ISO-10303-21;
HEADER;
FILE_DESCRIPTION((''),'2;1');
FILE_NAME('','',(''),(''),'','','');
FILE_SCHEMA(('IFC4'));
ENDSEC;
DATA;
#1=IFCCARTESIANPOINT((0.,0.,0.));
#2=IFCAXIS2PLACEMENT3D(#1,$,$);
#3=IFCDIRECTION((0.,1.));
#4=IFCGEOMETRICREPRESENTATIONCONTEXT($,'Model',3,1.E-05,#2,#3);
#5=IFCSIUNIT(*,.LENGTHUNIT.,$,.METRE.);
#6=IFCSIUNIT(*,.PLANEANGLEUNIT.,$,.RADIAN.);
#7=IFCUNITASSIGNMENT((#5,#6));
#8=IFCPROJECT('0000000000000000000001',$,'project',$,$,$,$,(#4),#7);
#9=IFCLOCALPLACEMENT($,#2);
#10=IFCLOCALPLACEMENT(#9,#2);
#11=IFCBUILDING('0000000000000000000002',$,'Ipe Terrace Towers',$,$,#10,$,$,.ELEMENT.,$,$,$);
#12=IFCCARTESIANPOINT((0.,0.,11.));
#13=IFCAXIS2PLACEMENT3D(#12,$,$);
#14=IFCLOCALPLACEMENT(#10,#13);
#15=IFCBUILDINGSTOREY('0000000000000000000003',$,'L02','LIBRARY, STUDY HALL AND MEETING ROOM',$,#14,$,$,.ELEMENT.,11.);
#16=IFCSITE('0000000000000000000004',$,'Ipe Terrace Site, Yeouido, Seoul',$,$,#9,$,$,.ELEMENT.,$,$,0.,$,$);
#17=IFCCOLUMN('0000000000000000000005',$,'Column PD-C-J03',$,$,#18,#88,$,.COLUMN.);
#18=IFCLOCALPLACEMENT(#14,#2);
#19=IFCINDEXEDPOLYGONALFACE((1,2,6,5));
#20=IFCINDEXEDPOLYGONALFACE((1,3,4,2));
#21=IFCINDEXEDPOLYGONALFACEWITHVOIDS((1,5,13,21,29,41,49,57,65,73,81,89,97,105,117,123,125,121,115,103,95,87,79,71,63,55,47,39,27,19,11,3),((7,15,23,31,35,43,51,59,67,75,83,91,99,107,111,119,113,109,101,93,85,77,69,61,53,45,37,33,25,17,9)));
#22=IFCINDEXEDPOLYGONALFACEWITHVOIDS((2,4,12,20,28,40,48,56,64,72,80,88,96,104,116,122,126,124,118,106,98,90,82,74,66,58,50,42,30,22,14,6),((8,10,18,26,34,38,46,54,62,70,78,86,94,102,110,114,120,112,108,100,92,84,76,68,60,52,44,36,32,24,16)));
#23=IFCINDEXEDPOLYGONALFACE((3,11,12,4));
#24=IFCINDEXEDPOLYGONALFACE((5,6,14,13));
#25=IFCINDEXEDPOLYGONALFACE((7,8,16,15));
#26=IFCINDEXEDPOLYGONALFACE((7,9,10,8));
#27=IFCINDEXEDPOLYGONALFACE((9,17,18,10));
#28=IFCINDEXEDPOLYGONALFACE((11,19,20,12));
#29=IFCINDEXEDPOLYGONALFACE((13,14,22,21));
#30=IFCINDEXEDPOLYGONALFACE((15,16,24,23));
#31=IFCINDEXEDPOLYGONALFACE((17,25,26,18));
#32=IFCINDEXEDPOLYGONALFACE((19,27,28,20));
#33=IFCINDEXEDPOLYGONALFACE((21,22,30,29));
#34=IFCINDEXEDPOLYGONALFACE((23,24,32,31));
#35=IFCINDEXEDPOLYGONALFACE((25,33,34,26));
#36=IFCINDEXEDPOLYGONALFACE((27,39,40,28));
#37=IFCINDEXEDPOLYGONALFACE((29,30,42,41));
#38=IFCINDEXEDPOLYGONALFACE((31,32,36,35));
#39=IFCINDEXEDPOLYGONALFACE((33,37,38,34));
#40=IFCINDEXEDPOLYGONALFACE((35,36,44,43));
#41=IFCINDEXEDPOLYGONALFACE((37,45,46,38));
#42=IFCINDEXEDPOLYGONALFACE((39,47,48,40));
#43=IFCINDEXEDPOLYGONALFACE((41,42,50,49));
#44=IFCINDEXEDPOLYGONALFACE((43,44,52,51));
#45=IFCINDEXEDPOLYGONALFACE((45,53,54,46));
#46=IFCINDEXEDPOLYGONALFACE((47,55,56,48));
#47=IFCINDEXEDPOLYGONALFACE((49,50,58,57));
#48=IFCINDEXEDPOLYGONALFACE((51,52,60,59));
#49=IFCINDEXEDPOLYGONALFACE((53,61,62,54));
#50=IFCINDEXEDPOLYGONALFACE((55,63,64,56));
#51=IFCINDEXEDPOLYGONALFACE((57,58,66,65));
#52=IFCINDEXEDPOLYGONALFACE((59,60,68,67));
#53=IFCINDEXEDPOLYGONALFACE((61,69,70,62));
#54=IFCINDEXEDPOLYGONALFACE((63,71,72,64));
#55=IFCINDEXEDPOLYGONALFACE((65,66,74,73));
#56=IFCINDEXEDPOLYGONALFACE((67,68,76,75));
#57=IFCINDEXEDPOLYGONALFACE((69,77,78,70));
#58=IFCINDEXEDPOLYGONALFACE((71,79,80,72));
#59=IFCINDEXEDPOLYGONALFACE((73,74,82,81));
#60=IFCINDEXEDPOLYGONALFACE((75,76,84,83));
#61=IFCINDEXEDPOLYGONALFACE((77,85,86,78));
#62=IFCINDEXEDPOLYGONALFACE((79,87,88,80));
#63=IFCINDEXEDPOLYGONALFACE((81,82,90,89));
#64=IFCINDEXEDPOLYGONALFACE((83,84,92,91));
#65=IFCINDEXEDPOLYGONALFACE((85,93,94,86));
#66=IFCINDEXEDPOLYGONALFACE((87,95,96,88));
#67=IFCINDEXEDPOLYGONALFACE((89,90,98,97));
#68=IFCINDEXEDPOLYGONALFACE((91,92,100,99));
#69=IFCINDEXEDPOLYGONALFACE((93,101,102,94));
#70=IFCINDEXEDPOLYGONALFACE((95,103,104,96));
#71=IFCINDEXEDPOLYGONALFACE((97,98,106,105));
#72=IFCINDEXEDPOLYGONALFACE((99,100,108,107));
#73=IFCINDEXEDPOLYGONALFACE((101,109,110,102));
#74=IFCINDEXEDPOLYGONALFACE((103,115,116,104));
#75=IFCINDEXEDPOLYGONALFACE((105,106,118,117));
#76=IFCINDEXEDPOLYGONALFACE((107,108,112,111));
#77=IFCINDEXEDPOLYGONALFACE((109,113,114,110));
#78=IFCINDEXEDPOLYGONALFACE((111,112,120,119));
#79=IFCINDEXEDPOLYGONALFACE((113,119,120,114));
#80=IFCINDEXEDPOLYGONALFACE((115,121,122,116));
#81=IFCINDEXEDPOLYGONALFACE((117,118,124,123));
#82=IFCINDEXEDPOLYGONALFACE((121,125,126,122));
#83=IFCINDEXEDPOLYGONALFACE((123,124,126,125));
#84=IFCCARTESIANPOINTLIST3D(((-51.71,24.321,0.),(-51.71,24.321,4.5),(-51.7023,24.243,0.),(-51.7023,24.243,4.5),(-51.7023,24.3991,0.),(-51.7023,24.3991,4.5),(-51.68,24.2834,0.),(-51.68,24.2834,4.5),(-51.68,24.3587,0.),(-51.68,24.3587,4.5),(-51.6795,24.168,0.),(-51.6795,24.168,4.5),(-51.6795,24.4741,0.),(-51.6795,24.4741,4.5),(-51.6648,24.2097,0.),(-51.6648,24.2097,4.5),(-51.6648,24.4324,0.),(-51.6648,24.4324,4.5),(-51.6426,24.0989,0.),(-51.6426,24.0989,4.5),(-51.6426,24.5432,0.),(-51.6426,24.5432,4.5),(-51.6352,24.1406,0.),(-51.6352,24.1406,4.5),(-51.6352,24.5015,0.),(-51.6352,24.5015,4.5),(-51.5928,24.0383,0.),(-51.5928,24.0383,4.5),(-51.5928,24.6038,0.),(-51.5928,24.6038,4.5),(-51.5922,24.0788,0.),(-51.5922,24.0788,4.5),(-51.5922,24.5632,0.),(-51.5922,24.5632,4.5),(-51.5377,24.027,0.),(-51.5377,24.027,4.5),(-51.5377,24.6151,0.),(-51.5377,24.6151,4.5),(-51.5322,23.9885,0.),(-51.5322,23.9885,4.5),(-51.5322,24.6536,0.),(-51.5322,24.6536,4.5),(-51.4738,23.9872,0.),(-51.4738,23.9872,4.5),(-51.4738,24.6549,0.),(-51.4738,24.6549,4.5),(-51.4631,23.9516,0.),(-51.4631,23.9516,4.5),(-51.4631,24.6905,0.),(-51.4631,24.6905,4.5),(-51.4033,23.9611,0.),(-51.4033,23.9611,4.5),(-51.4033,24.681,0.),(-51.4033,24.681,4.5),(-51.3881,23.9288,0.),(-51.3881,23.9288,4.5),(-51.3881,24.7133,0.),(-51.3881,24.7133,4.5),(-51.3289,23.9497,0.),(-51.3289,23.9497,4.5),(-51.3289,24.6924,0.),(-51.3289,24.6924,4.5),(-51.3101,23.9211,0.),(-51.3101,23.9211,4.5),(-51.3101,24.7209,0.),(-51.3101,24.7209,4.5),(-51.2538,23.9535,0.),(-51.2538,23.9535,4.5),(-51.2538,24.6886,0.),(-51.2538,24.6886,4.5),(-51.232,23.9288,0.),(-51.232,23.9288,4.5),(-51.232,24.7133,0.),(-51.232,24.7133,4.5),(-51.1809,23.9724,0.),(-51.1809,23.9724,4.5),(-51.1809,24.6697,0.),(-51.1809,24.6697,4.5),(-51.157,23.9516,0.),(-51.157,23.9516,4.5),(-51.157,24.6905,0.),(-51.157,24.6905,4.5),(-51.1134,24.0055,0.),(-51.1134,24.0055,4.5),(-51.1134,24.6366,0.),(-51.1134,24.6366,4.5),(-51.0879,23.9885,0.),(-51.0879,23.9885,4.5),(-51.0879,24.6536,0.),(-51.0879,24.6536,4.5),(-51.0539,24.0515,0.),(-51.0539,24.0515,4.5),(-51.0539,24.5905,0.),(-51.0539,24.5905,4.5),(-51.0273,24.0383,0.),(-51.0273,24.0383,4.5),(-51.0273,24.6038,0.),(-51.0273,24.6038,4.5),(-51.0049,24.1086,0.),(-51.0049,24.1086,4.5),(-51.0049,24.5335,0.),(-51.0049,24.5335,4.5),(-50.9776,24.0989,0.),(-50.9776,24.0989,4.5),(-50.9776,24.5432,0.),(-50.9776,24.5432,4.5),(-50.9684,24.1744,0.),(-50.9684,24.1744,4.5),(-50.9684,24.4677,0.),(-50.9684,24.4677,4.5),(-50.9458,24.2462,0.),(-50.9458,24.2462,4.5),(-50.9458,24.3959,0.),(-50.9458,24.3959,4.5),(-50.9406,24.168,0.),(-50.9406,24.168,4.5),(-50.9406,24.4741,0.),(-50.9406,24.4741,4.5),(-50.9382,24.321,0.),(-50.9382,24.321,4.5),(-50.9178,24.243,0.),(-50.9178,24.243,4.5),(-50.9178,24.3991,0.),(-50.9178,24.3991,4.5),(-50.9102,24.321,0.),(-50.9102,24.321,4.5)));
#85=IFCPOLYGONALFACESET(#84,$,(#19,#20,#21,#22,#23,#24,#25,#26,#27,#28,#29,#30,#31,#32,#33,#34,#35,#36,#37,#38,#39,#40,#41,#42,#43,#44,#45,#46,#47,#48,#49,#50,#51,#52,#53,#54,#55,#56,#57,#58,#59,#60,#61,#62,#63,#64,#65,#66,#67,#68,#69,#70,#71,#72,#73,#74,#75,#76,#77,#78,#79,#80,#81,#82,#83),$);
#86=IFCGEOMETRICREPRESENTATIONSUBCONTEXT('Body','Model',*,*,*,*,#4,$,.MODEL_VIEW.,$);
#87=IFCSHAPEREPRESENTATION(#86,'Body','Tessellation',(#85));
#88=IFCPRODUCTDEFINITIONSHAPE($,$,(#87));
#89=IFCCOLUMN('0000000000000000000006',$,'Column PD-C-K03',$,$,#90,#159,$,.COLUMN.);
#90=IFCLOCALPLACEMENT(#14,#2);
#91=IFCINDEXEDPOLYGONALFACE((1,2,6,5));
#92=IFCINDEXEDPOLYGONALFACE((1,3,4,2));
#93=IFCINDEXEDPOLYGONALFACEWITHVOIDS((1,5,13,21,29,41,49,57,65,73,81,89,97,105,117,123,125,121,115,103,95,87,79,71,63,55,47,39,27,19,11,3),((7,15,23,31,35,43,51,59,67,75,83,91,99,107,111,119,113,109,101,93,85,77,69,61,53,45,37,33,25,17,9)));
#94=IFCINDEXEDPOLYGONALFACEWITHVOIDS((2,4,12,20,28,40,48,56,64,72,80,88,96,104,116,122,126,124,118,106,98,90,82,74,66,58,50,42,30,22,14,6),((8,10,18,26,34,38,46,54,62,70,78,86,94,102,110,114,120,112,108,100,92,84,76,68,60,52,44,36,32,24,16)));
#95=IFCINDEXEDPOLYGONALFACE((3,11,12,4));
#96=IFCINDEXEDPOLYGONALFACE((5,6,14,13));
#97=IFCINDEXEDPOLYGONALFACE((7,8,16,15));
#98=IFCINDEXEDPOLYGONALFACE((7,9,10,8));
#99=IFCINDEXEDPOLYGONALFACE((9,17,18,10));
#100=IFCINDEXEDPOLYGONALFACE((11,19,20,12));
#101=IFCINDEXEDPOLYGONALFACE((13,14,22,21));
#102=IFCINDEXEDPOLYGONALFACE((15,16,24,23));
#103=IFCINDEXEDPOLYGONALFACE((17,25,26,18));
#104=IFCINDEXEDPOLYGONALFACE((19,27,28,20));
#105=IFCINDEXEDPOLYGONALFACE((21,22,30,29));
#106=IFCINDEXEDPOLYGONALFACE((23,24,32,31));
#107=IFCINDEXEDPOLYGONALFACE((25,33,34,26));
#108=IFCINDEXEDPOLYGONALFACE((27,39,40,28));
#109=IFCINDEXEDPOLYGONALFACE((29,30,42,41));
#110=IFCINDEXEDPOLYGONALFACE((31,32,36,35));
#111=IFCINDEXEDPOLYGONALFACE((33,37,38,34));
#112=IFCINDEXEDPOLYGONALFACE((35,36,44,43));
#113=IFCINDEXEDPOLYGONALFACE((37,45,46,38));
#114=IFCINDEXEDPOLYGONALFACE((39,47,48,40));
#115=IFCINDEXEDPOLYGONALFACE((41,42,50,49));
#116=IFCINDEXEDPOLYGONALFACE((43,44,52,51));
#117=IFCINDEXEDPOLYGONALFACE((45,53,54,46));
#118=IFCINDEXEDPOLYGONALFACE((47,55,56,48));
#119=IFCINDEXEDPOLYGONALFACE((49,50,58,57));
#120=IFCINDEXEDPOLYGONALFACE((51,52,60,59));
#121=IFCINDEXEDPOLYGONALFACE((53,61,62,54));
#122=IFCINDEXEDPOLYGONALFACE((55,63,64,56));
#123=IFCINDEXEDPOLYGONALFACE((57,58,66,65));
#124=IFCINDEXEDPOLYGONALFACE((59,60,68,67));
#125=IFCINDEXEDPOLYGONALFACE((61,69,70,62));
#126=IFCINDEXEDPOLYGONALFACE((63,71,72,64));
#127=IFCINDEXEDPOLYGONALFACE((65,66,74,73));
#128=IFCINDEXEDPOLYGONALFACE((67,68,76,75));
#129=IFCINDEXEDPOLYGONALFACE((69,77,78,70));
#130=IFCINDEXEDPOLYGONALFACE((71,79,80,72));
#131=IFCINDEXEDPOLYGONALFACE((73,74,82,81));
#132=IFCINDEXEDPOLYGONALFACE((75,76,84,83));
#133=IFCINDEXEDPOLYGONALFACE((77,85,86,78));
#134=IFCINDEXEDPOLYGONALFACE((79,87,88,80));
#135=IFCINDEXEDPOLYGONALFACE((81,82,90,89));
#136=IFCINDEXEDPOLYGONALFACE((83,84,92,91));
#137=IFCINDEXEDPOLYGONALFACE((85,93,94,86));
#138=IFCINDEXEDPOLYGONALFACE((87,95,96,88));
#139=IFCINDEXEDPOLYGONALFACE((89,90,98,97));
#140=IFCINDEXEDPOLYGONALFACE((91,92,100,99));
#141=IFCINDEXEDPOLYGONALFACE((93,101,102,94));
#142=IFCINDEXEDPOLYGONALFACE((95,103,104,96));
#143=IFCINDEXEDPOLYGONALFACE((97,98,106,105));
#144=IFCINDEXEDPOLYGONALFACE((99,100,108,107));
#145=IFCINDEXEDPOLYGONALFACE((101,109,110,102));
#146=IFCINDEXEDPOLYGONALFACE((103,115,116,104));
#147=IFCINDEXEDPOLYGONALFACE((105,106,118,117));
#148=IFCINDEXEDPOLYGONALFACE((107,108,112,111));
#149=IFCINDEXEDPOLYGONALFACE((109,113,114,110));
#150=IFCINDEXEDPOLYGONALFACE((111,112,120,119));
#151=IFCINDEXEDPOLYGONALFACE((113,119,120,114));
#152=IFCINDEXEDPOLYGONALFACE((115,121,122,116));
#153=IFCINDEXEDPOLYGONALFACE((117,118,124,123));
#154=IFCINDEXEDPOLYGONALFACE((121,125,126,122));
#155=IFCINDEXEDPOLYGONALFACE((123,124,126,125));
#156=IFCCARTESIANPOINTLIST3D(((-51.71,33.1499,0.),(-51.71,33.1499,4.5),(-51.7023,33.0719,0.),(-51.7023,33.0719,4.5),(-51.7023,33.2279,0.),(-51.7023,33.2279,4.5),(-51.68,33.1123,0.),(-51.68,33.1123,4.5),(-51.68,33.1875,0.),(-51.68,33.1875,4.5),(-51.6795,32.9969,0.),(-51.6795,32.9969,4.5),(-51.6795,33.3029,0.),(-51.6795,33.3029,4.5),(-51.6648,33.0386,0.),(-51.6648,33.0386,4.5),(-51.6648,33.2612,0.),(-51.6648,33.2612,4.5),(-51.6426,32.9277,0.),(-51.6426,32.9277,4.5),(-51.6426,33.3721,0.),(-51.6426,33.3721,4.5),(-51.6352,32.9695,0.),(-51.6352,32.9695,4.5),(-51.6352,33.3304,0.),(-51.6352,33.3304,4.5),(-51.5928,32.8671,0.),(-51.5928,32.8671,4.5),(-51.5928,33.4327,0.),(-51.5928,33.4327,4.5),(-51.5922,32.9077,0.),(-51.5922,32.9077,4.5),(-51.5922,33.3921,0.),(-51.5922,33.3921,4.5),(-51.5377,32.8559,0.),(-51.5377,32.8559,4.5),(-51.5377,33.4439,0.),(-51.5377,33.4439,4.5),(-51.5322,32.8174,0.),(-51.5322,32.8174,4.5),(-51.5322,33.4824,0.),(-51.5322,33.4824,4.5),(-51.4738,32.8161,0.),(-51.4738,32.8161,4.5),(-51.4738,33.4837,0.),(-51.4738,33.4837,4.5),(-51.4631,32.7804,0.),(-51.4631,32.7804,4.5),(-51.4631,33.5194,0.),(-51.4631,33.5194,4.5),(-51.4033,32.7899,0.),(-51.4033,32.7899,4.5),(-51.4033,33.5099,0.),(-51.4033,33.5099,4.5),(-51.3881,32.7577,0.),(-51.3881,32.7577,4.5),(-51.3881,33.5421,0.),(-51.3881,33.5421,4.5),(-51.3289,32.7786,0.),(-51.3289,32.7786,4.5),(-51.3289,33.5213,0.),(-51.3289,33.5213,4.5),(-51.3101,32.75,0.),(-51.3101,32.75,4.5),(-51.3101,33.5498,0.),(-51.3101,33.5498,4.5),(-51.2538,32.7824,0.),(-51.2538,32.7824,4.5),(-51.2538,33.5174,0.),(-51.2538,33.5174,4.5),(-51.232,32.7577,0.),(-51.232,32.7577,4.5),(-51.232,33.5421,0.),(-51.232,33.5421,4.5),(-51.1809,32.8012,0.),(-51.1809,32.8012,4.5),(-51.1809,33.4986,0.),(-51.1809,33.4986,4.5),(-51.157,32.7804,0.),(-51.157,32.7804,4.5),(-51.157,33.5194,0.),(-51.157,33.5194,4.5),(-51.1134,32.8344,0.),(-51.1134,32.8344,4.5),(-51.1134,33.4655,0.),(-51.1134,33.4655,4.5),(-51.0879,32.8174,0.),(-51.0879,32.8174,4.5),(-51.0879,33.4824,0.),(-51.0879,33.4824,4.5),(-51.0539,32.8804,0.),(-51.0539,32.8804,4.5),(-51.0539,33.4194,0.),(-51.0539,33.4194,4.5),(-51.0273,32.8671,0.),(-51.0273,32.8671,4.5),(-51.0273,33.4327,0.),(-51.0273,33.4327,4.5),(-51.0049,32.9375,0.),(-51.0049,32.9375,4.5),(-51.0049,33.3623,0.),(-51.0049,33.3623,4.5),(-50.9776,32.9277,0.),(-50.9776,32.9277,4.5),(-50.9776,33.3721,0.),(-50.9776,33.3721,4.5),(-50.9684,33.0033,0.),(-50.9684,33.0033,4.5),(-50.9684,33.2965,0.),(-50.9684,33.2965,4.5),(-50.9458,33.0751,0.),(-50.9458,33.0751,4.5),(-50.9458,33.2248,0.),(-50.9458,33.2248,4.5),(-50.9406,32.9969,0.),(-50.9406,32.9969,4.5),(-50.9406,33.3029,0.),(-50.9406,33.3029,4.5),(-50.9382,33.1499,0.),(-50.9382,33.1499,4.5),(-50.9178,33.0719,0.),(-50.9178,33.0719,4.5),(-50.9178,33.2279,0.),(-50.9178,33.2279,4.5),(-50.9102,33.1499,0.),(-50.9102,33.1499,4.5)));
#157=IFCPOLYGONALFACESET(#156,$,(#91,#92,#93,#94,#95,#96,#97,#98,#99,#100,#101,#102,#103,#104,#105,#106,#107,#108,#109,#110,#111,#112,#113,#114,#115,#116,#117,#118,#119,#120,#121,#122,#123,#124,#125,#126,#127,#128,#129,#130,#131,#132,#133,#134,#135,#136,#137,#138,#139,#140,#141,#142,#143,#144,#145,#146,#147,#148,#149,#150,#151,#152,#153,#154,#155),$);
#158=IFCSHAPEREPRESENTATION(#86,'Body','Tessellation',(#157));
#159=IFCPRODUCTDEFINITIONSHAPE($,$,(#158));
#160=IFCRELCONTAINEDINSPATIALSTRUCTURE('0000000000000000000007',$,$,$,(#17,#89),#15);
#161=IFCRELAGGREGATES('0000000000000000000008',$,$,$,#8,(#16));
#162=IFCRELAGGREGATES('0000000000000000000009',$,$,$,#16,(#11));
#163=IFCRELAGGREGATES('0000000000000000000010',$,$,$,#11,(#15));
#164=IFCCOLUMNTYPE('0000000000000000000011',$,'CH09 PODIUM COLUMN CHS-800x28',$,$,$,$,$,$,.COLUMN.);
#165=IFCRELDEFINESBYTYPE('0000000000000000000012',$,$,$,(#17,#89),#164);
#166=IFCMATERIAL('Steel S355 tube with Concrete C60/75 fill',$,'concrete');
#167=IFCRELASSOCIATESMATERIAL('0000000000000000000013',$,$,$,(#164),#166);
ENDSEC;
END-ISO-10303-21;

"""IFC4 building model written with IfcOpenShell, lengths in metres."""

from ifc_helpers import new_model, si_unit, direction, frame, origin, origin_2d, place, context, subcontext, project, spatial, hollow_circle, extrude, material, material_profile, profile_set, type_object, element, save


model = new_model("IFC4")

# Units and contexts
model_context = context("Model", 3, precision=1e-05, world=origin(), true_north=direction((0.0, 1.0)))
body_context = subcontext(model_context, "Body", "Model", "MODEL_VIEW")
ifc_project = project(units=[si_unit("LENGTHUNIT", "METRE"), si_unit("PLANEANGLEUNIT", "RADIAN")], contexts=[model_context])

# Site, building, storey
site_placement = place(None, origin())
site = spatial("IfcSite", under=ifc_project, at=site_placement, Name="Ipe Terrace Site, Yeouido, Seoul", CompositionType="ELEMENT", RefElevation=0.0)
building_placement = place(site_placement, origin())
building = spatial("IfcBuilding", under=site, at=building_placement, Name="Ipe Terrace Towers", CompositionType="ELEMENT")
storey_placement = place(building_placement, frame((0.0, 0.0, 11.0)))
storey = spatial("IfcBuildingStorey", under=building, at=storey_placement, Name="L02", Description="LIBRARY, STUDY HALL AND MEETING ROOM", CompositionType="ELEMENT", Elevation=11.0)

# Columns
ifc_material_1 = material(Name="Steel S355 tube with Concrete C60/75 fill", Category="concrete")
ifc_material_profile_1 = material_profile(ifc_material_1, hollow_circle(Radius=0.3999, WallThickness=0.0281, at=origin_2d()), Name="CHS-800x28")
ifc_profile_set_1 = profile_set([ifc_material_profile_1], Name="Steel S355 tube with Concrete C60/75 fill")
column_type = type_object("IfcColumnType", Name="CH09 PODIUM COLUMN CHS-800x28", PredefinedType="COLUMN", material=ifc_profile_set_1)
for number, where, z_axis, x_axis, name in (
    (1, (-51.3101, 24.321, 0.0), (0.0, 0.0, 1.0), (1.0, 0.0, 0.0), "Column PD-C-J03"),
    (2, (-51.3101, 33.1499, 0.0), (0.0, 0.0, 1.0), (1.0, 0.0, 0.0), "Column PD-C-K03"),
):
    element("IfcColumn", number, at=place(storey_placement, frame(where, z_axis=z_axis, x_axis=x_axis)), inside=storey, type_object=column_type, Name=name, PredefinedType="COLUMN", context=body_context, shape_type="SweptSolid", body=[
        extrude(hollow_circle(Radius=0.3999, WallThickness=0.0281, at=origin_2d()), origin(), (0.0, 0.0, 1.0), 4.5),
    ])

save(model, "model.ifc")
